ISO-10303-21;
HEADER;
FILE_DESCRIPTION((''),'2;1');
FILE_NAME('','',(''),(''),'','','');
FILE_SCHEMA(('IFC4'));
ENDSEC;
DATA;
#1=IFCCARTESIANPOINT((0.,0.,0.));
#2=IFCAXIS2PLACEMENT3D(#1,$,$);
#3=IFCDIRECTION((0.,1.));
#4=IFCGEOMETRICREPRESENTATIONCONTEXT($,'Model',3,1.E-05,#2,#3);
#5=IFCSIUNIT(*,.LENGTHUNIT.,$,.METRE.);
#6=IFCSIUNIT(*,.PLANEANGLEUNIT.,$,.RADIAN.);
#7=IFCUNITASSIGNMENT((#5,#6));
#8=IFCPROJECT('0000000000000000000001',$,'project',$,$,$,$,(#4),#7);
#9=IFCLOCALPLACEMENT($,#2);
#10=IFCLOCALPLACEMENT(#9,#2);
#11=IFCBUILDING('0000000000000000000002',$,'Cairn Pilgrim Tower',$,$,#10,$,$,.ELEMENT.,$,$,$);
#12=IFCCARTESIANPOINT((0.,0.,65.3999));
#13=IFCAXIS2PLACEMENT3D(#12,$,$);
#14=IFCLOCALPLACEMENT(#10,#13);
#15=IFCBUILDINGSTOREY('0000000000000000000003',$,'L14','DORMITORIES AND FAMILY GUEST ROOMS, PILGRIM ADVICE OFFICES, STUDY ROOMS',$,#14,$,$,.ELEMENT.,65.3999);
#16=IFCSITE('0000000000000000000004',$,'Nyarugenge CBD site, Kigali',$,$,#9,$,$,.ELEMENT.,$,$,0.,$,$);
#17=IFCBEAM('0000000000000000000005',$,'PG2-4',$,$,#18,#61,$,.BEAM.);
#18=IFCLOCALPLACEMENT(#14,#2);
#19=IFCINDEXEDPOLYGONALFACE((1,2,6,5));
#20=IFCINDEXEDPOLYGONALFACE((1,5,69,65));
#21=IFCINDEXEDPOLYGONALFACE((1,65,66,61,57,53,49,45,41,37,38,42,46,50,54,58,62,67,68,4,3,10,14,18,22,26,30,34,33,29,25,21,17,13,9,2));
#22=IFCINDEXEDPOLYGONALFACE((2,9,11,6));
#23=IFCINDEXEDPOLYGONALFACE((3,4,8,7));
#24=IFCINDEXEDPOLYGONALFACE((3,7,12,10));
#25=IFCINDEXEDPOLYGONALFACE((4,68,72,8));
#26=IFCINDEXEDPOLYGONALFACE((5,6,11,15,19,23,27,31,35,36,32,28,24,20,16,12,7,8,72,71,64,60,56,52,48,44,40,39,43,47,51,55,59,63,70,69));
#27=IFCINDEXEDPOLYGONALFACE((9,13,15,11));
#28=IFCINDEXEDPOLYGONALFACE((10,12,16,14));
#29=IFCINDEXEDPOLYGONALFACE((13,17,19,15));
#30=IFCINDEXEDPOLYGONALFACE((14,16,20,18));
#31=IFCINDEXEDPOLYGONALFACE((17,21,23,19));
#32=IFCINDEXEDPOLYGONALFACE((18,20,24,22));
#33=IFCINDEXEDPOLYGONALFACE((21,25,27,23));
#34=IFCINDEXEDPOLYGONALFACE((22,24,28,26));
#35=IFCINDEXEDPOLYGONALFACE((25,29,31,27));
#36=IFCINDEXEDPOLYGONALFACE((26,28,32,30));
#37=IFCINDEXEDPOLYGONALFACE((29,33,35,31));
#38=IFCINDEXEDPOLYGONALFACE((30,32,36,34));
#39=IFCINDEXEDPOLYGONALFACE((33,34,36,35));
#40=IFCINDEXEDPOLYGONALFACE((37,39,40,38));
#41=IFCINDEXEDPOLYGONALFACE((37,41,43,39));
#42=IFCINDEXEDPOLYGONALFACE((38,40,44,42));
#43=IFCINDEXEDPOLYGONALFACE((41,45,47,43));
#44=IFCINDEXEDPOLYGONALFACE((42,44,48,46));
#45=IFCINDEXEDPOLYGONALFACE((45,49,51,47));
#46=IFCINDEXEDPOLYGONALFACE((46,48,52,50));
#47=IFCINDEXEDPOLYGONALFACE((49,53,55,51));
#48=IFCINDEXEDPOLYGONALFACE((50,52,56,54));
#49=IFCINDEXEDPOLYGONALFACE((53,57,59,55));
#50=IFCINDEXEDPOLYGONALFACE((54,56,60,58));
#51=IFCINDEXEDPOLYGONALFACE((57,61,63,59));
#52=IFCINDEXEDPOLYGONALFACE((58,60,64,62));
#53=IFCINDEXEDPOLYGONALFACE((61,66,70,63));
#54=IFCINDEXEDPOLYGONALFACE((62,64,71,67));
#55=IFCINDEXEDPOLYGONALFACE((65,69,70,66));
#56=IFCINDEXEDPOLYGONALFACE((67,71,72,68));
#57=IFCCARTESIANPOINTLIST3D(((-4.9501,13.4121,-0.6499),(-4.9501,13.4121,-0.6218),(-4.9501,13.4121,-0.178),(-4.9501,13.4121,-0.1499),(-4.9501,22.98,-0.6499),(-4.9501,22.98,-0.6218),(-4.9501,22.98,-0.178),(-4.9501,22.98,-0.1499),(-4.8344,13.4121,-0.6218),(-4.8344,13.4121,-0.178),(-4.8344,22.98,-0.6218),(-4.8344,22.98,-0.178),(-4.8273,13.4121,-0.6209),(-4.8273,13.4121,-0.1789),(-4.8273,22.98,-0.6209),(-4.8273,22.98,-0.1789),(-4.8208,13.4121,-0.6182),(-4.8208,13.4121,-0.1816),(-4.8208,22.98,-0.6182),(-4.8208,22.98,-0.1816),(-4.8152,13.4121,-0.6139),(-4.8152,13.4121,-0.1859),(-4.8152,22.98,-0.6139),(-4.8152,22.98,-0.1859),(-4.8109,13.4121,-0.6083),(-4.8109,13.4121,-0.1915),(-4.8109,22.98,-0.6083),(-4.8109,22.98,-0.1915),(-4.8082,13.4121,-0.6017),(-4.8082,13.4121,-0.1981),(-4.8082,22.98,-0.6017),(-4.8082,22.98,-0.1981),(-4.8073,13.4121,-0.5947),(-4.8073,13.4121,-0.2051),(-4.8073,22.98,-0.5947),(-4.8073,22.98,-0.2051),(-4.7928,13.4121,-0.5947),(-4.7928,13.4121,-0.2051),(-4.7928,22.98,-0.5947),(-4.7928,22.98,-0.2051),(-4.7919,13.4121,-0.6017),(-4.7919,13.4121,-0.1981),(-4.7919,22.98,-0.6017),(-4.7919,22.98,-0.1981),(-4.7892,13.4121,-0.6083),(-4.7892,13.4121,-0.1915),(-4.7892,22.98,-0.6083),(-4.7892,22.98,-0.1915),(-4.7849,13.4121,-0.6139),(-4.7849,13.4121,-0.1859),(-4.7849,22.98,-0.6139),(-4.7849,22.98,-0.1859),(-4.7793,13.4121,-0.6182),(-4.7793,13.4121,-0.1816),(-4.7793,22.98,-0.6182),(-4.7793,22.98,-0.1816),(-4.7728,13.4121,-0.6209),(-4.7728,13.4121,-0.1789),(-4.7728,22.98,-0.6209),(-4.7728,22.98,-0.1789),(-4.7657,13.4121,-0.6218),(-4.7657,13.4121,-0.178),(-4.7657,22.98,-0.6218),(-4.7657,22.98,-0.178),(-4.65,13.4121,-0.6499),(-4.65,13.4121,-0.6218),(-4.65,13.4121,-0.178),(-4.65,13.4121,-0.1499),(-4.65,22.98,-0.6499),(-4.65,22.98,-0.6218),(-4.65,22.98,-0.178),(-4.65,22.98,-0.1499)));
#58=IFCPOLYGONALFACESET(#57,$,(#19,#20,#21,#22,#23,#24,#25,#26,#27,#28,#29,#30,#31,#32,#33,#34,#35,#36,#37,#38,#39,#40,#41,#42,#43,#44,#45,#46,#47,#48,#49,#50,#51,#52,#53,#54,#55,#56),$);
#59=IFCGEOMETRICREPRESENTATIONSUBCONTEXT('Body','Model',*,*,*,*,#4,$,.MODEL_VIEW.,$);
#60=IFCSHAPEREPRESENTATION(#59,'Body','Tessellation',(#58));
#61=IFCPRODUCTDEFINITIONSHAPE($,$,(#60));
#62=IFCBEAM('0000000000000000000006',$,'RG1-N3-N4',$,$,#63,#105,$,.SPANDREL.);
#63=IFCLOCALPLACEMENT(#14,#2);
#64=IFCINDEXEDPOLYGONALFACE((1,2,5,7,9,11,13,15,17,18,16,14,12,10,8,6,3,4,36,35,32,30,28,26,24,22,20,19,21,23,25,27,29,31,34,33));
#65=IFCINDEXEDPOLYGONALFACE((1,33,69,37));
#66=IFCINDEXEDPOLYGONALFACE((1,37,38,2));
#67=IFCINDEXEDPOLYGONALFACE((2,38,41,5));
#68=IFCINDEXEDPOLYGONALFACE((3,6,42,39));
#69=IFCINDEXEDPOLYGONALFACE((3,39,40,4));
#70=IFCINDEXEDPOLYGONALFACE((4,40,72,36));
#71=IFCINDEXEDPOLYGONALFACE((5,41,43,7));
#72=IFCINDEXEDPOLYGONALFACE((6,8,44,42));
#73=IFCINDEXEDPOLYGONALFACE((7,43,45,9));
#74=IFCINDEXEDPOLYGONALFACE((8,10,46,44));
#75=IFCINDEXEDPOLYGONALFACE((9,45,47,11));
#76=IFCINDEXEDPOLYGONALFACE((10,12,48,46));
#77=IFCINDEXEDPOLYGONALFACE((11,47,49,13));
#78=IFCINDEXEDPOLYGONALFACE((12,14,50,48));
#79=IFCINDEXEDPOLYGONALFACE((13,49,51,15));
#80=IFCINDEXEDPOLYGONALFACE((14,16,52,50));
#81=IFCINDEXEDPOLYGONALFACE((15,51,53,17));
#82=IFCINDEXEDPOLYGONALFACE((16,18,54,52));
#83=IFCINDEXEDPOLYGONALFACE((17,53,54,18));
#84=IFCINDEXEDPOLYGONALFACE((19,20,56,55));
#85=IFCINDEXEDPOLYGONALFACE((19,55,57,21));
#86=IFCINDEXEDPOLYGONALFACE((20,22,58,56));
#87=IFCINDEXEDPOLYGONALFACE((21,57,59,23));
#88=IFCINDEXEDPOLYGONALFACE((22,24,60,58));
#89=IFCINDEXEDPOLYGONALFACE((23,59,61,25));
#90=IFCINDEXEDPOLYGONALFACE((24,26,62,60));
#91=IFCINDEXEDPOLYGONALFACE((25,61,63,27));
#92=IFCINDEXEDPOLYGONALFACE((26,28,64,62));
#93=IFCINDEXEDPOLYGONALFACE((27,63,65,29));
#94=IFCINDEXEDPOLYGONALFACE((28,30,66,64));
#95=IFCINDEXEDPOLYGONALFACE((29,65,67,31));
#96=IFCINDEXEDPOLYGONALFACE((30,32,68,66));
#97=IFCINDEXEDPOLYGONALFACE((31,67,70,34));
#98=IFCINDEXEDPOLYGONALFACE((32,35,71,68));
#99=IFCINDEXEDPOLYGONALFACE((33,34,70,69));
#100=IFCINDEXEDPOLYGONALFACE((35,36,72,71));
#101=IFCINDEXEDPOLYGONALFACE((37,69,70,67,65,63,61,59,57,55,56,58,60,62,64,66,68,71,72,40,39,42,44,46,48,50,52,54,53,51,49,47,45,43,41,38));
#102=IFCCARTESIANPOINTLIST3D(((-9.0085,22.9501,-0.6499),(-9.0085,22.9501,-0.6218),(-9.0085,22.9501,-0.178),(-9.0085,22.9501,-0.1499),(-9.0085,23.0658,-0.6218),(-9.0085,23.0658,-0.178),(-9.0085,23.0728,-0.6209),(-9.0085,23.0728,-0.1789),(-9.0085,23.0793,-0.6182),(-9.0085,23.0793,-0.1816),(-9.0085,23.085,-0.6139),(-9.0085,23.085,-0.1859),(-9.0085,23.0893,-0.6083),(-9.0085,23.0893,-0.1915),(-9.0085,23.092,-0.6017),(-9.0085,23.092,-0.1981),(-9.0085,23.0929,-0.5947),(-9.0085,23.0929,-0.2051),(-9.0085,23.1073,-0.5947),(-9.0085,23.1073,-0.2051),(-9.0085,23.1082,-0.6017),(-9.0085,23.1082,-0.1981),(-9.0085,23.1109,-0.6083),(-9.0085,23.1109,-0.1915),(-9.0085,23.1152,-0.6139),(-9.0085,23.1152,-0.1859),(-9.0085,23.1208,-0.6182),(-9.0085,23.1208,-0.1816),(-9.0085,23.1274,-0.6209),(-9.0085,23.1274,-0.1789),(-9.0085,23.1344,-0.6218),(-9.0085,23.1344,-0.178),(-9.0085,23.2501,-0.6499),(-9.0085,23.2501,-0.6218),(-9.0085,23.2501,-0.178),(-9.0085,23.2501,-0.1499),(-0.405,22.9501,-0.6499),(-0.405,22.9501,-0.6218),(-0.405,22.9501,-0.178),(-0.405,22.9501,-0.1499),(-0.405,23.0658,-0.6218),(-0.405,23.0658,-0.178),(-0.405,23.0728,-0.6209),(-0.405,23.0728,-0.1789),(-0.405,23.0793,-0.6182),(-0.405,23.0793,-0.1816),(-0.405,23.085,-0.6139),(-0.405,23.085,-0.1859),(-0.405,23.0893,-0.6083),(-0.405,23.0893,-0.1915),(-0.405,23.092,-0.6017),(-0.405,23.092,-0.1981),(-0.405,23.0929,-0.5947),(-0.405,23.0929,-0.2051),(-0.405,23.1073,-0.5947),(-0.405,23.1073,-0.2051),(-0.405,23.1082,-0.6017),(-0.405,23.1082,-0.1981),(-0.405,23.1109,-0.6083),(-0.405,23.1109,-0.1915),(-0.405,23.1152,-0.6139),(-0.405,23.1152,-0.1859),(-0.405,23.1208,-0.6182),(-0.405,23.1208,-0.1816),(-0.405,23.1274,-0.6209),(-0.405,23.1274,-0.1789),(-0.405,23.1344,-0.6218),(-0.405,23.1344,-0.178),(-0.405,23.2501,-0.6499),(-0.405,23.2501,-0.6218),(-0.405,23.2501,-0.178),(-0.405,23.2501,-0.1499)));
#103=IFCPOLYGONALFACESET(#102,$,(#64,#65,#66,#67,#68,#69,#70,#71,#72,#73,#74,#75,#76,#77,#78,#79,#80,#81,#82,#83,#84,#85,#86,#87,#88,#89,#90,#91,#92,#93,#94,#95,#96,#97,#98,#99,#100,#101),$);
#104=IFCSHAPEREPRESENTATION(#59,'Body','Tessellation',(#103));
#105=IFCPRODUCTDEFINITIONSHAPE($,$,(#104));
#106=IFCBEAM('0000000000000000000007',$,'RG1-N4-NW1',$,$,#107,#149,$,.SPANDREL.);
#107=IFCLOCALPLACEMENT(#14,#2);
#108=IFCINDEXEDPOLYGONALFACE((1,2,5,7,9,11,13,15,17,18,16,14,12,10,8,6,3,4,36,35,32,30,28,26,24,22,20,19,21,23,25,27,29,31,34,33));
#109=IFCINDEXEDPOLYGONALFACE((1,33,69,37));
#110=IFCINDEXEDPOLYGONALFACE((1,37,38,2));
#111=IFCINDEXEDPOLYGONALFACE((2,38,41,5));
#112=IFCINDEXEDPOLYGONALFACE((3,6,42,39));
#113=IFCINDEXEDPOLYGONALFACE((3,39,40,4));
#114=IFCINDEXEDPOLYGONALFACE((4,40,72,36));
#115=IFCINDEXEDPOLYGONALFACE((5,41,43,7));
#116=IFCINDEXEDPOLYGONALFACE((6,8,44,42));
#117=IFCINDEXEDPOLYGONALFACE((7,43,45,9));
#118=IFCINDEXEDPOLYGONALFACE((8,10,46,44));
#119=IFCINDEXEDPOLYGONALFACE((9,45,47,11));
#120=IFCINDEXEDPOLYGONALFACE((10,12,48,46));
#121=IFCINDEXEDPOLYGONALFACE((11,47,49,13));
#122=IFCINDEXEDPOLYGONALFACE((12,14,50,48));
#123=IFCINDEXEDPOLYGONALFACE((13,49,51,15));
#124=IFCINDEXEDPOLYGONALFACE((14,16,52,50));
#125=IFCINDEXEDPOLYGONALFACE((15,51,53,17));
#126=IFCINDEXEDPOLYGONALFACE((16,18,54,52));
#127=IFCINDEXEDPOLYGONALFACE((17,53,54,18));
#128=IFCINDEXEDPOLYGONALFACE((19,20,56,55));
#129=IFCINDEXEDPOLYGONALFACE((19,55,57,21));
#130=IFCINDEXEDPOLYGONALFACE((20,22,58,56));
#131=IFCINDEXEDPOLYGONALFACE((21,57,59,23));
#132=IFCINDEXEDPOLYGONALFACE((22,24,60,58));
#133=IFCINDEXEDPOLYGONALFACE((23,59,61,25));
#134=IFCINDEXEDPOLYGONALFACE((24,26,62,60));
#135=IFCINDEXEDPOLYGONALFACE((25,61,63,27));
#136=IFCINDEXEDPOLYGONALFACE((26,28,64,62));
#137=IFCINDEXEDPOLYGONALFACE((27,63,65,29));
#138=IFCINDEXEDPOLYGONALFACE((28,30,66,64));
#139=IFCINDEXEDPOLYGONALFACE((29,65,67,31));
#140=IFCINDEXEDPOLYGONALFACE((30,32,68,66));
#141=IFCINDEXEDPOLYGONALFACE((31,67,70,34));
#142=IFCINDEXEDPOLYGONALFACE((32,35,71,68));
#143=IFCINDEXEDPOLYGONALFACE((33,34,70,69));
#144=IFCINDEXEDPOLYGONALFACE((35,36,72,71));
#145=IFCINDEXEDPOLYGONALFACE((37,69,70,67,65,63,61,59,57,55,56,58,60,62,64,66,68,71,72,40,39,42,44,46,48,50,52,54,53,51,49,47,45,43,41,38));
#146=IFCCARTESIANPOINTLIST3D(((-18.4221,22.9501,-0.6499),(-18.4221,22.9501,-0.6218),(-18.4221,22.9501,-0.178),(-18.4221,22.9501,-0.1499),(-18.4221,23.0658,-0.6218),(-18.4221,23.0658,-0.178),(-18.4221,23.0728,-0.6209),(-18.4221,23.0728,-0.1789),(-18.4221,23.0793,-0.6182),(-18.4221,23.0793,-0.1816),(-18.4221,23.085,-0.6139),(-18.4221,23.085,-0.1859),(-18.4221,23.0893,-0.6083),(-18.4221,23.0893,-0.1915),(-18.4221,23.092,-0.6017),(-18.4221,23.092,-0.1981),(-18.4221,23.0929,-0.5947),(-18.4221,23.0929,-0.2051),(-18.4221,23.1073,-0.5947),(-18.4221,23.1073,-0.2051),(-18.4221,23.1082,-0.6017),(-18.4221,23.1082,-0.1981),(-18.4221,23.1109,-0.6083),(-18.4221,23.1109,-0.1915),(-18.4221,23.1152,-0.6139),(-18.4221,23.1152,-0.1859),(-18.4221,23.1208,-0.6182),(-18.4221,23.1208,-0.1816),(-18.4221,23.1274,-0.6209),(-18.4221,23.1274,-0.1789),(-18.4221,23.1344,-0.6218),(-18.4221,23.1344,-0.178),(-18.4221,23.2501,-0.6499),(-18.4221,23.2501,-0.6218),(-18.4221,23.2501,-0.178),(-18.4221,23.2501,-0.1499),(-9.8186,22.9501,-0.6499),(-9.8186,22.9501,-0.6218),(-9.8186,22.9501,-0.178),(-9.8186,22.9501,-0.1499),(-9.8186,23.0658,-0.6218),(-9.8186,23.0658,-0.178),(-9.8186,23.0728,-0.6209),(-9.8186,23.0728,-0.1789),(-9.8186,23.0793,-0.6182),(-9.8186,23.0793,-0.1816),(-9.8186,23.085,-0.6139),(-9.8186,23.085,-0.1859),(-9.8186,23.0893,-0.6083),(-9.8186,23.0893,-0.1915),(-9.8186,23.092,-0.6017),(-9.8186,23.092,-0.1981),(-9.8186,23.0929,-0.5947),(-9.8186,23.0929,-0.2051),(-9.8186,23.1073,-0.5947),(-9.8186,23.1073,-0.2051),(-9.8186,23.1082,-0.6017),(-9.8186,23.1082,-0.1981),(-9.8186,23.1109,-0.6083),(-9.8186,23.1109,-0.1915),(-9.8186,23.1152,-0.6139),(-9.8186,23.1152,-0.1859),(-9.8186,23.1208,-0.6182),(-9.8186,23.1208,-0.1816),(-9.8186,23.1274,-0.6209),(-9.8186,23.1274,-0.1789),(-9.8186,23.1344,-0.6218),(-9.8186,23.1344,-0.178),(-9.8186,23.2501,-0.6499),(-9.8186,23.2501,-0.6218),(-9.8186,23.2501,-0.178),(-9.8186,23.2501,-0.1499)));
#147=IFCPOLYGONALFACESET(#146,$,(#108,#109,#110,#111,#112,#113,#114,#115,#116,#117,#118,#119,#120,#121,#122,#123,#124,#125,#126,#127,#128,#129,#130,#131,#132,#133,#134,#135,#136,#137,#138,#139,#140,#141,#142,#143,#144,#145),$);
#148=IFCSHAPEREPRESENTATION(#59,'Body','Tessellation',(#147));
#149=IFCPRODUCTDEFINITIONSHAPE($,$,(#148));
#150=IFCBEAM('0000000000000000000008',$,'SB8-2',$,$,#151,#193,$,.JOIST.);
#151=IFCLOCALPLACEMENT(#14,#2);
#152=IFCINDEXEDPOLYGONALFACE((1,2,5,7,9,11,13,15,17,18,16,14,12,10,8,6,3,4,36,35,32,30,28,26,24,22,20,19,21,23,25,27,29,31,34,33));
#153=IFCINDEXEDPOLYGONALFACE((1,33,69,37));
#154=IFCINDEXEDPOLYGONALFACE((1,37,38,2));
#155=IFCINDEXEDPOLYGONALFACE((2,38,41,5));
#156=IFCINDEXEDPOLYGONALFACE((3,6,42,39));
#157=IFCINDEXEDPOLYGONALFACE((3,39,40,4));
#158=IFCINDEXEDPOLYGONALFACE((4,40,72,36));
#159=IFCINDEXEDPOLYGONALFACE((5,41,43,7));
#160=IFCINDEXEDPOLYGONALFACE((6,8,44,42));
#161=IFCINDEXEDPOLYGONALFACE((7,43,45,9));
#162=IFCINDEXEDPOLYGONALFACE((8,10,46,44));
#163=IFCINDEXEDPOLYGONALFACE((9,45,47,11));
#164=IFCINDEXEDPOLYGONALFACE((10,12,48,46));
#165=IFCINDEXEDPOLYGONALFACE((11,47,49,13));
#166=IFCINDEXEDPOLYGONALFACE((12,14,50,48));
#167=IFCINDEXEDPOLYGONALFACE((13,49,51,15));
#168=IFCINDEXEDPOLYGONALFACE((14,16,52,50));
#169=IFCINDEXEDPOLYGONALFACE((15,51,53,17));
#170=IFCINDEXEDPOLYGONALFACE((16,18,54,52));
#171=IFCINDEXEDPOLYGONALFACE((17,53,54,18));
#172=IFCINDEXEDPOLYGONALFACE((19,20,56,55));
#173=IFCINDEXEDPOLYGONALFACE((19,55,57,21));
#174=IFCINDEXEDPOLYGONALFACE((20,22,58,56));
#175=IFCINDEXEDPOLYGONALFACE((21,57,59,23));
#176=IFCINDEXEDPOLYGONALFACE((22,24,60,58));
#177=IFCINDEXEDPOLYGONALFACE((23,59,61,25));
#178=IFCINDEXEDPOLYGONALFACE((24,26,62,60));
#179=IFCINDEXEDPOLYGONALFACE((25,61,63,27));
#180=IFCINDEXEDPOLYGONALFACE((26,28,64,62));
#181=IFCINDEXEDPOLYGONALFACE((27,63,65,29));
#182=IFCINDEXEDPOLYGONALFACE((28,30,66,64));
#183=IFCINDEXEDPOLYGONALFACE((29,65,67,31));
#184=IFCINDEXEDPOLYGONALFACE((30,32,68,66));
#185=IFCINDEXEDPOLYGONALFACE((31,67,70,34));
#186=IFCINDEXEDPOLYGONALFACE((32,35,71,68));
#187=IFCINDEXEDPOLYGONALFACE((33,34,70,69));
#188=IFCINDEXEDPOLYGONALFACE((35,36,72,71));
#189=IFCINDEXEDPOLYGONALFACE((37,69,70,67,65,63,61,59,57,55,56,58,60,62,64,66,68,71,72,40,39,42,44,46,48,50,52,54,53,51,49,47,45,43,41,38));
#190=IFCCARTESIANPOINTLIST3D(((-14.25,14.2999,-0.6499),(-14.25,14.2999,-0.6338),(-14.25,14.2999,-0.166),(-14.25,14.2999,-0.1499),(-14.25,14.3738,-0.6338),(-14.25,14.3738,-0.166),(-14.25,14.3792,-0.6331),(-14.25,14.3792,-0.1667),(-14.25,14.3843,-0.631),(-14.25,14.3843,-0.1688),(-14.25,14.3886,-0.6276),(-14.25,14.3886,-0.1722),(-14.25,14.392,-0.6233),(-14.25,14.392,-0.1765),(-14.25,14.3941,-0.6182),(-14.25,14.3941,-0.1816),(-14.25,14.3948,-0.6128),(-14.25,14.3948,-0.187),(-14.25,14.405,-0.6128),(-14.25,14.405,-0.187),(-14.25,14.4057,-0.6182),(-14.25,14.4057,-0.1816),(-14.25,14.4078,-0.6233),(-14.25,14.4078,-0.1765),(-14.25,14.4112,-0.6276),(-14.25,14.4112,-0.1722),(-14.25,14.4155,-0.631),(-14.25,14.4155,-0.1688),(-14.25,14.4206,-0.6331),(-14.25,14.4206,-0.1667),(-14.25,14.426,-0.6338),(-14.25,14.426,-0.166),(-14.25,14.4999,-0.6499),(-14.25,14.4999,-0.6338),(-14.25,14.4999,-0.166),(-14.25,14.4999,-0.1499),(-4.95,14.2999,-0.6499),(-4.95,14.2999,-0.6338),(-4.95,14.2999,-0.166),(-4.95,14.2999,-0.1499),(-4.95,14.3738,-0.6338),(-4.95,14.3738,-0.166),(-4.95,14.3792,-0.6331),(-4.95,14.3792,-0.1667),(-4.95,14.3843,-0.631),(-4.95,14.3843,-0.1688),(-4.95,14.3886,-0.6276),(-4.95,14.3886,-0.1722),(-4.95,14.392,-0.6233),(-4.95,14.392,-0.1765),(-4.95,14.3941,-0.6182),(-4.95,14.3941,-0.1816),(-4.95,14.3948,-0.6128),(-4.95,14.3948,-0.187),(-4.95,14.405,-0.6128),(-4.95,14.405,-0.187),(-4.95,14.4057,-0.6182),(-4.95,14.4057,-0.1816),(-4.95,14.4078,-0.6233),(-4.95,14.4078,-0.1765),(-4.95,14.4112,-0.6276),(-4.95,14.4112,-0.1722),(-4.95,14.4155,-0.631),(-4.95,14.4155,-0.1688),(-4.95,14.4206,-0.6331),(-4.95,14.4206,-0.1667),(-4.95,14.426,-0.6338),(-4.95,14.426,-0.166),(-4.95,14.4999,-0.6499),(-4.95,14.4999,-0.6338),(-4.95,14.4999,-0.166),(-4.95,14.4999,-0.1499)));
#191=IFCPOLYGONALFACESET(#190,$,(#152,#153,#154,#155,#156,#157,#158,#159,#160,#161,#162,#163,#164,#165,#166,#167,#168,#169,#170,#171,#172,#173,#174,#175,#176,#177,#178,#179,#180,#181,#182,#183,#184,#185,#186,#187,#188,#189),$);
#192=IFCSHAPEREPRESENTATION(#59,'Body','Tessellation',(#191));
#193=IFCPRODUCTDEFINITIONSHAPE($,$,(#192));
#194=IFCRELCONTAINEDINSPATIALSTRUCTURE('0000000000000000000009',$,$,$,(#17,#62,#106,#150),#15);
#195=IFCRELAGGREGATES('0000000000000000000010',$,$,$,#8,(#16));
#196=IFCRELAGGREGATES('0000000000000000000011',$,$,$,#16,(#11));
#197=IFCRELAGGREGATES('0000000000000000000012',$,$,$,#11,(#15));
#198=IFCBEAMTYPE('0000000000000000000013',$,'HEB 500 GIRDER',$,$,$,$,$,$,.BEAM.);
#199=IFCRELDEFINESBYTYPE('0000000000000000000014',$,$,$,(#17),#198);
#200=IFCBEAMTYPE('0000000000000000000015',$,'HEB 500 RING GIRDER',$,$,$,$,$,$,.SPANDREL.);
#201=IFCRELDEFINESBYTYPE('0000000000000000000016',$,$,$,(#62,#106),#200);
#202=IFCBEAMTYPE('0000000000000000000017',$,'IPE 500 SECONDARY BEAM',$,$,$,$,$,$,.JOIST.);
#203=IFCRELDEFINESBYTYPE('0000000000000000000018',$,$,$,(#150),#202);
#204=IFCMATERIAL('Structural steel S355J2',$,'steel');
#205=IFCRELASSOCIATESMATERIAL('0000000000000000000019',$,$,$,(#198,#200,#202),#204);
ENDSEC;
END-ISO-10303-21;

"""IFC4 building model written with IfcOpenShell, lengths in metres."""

from ifc_helpers import new_model, si_unit, direction, frame, origin, origin_2d, place, context, subcontext, project, spatial, i_section, extrude, material, material_profile, profile_set, type_object, element, save


model = new_model("IFC4")

# Units and contexts
model_context = context("Model", 3, precision=1e-05, world=origin(), true_north=direction((0.0, 1.0)))
body_context = subcontext(model_context, "Body", "Model", "MODEL_VIEW")
ifc_project = project(units=[si_unit("LENGTHUNIT", "METRE"), si_unit("PLANEANGLEUNIT", "RADIAN")], contexts=[model_context])

# Site, building, storey
site_placement = place(None, origin())
site = spatial("IfcSite", under=ifc_project, at=site_placement, Name="Nyarugenge CBD site, Kigali", CompositionType="ELEMENT", RefElevation=0.0)
building_placement = place(site_placement, origin())
building = spatial("IfcBuilding", under=site, at=building_placement, Name="Cairn Pilgrim Tower", CompositionType="ELEMENT")
storey_placement = place(building_placement, frame((0.0, 0.0, 65.3999)))
storey = spatial("IfcBuildingStorey", under=building, at=storey_placement, Name="L14", Description="DORMITORIES AND FAMILY GUEST ROOMS, PILGRIM ADVICE OFFICES, STUDY ROOMS", CompositionType="ELEMENT", Elevation=65.3999)

# Beams
ifc_material_1 = material(Name="Structural steel S355J2", Category="steel")
ifc_material_profile_1 = material_profile(ifc_material_1, i_section(OverallWidth=0.3, OverallDepth=0.5, WebThickness=0.0144, FlangeThickness=0.0281, FilletRadius=0.0271, at=origin_2d()), Name="HEB 500")
ifc_profile_set_1 = profile_set([ifc_material_profile_1], Name="Structural steel S355J2")
beam_type_1 = type_object("IfcBeamType", Name="HEB 500 GIRDER", PredefinedType="BEAM", material=ifc_profile_set_1)
beam_1_placement = place(storey_placement, frame((-4.8, 13.4121, -0.3999), z_axis=(0.0, 1.0, 0.0), x_axis=(-1.0, 0.0, 0.0)))
element("IfcBeam", 1, at=beam_1_placement, inside=storey, type_object=beam_type_1, Name="PG2-4", PredefinedType="BEAM", context=body_context, shape_type="SweptSolid", body=[
    extrude(i_section(OverallWidth=0.3, OverallDepth=0.5, WebThickness=0.0144, FlangeThickness=0.0281, FilletRadius=0.0271, at=origin_2d()), origin(), (0.0, 0.0, 1.0), 9.5679),
])
ifc_material_profile_2 = material_profile(ifc_material_1, i_section(OverallWidth=0.3, OverallDepth=0.5, WebThickness=0.0144, FlangeThickness=0.0281, FilletRadius=0.0271, at=origin_2d()), Name="HEB 500")
ifc_profile_set_2 = profile_set([ifc_material_profile_2], Name="Structural steel S355J2")
beam_type_2 = type_object("IfcBeamType", Name="HEB 500 RING GIRDER", PredefinedType="SPANDREL", material=ifc_profile_set_2)
for number, where, z_axis, x_axis, name in (
    (2, (-0.405, 23.1001, -0.3999), (-1.0, 0.0, 0.0), (0.0, -1.0, 0.0), "RG1-N3-N4"),
    (3, (-9.8186, 23.1001, -0.3999), (-1.0, 0.0, 0.0), (0.0, -1.0, 0.0), "RG1-N4-NW1"),
):
    element("IfcBeam", number, at=place(storey_placement, frame(where, z_axis=z_axis, x_axis=x_axis)), inside=storey, type_object=beam_type_2, Name=name, PredefinedType="SPANDREL", context=body_context, shape_type="SweptSolid", body=[
        extrude(i_section(OverallWidth=0.3, OverallDepth=0.5, WebThickness=0.0144, FlangeThickness=0.0281, FilletRadius=0.0271, at=origin_2d()), origin(), (0.0, 0.0, 1.0), 8.6035),
    ])
ifc_material_profile_3 = material_profile(ifc_material_1, i_section(OverallWidth=0.2, OverallDepth=0.5, WebThickness=0.0103, FlangeThickness=0.0161, FilletRadius=0.021, at=origin_2d()), Name="IPE 500")
ifc_profile_set_3 = profile_set([ifc_material_profile_3], Name="Structural steel S355J2")
beam_type_3 = type_object("IfcBeamType", Name="IPE 500 SECONDARY BEAM", PredefinedType="JOIST", material=ifc_profile_set_3)
for number, where, z_axis, x_axis, name in (
    (4, (-14.25, 14.3999, -0.3999), (1.0, 0.0, 0.0), (0.0, 1.0, 0.0), "SB8-2"),
):
    element("IfcBeam", number, at=place(storey_placement, frame(where, z_axis=z_axis, x_axis=x_axis)), inside=storey, type_object=beam_type_3, Name=name, PredefinedType="JOIST", context=body_context, shape_type="SweptSolid", body=[
        extrude(i_section(OverallWidth=0.2, OverallDepth=0.5, WebThickness=0.0103, FlangeThickness=0.0161, FilletRadius=0.021, at=origin_2d()), origin(), (0.0, 0.0, 1.0), 9.3),
    ])

save(model, "model.ifc")
